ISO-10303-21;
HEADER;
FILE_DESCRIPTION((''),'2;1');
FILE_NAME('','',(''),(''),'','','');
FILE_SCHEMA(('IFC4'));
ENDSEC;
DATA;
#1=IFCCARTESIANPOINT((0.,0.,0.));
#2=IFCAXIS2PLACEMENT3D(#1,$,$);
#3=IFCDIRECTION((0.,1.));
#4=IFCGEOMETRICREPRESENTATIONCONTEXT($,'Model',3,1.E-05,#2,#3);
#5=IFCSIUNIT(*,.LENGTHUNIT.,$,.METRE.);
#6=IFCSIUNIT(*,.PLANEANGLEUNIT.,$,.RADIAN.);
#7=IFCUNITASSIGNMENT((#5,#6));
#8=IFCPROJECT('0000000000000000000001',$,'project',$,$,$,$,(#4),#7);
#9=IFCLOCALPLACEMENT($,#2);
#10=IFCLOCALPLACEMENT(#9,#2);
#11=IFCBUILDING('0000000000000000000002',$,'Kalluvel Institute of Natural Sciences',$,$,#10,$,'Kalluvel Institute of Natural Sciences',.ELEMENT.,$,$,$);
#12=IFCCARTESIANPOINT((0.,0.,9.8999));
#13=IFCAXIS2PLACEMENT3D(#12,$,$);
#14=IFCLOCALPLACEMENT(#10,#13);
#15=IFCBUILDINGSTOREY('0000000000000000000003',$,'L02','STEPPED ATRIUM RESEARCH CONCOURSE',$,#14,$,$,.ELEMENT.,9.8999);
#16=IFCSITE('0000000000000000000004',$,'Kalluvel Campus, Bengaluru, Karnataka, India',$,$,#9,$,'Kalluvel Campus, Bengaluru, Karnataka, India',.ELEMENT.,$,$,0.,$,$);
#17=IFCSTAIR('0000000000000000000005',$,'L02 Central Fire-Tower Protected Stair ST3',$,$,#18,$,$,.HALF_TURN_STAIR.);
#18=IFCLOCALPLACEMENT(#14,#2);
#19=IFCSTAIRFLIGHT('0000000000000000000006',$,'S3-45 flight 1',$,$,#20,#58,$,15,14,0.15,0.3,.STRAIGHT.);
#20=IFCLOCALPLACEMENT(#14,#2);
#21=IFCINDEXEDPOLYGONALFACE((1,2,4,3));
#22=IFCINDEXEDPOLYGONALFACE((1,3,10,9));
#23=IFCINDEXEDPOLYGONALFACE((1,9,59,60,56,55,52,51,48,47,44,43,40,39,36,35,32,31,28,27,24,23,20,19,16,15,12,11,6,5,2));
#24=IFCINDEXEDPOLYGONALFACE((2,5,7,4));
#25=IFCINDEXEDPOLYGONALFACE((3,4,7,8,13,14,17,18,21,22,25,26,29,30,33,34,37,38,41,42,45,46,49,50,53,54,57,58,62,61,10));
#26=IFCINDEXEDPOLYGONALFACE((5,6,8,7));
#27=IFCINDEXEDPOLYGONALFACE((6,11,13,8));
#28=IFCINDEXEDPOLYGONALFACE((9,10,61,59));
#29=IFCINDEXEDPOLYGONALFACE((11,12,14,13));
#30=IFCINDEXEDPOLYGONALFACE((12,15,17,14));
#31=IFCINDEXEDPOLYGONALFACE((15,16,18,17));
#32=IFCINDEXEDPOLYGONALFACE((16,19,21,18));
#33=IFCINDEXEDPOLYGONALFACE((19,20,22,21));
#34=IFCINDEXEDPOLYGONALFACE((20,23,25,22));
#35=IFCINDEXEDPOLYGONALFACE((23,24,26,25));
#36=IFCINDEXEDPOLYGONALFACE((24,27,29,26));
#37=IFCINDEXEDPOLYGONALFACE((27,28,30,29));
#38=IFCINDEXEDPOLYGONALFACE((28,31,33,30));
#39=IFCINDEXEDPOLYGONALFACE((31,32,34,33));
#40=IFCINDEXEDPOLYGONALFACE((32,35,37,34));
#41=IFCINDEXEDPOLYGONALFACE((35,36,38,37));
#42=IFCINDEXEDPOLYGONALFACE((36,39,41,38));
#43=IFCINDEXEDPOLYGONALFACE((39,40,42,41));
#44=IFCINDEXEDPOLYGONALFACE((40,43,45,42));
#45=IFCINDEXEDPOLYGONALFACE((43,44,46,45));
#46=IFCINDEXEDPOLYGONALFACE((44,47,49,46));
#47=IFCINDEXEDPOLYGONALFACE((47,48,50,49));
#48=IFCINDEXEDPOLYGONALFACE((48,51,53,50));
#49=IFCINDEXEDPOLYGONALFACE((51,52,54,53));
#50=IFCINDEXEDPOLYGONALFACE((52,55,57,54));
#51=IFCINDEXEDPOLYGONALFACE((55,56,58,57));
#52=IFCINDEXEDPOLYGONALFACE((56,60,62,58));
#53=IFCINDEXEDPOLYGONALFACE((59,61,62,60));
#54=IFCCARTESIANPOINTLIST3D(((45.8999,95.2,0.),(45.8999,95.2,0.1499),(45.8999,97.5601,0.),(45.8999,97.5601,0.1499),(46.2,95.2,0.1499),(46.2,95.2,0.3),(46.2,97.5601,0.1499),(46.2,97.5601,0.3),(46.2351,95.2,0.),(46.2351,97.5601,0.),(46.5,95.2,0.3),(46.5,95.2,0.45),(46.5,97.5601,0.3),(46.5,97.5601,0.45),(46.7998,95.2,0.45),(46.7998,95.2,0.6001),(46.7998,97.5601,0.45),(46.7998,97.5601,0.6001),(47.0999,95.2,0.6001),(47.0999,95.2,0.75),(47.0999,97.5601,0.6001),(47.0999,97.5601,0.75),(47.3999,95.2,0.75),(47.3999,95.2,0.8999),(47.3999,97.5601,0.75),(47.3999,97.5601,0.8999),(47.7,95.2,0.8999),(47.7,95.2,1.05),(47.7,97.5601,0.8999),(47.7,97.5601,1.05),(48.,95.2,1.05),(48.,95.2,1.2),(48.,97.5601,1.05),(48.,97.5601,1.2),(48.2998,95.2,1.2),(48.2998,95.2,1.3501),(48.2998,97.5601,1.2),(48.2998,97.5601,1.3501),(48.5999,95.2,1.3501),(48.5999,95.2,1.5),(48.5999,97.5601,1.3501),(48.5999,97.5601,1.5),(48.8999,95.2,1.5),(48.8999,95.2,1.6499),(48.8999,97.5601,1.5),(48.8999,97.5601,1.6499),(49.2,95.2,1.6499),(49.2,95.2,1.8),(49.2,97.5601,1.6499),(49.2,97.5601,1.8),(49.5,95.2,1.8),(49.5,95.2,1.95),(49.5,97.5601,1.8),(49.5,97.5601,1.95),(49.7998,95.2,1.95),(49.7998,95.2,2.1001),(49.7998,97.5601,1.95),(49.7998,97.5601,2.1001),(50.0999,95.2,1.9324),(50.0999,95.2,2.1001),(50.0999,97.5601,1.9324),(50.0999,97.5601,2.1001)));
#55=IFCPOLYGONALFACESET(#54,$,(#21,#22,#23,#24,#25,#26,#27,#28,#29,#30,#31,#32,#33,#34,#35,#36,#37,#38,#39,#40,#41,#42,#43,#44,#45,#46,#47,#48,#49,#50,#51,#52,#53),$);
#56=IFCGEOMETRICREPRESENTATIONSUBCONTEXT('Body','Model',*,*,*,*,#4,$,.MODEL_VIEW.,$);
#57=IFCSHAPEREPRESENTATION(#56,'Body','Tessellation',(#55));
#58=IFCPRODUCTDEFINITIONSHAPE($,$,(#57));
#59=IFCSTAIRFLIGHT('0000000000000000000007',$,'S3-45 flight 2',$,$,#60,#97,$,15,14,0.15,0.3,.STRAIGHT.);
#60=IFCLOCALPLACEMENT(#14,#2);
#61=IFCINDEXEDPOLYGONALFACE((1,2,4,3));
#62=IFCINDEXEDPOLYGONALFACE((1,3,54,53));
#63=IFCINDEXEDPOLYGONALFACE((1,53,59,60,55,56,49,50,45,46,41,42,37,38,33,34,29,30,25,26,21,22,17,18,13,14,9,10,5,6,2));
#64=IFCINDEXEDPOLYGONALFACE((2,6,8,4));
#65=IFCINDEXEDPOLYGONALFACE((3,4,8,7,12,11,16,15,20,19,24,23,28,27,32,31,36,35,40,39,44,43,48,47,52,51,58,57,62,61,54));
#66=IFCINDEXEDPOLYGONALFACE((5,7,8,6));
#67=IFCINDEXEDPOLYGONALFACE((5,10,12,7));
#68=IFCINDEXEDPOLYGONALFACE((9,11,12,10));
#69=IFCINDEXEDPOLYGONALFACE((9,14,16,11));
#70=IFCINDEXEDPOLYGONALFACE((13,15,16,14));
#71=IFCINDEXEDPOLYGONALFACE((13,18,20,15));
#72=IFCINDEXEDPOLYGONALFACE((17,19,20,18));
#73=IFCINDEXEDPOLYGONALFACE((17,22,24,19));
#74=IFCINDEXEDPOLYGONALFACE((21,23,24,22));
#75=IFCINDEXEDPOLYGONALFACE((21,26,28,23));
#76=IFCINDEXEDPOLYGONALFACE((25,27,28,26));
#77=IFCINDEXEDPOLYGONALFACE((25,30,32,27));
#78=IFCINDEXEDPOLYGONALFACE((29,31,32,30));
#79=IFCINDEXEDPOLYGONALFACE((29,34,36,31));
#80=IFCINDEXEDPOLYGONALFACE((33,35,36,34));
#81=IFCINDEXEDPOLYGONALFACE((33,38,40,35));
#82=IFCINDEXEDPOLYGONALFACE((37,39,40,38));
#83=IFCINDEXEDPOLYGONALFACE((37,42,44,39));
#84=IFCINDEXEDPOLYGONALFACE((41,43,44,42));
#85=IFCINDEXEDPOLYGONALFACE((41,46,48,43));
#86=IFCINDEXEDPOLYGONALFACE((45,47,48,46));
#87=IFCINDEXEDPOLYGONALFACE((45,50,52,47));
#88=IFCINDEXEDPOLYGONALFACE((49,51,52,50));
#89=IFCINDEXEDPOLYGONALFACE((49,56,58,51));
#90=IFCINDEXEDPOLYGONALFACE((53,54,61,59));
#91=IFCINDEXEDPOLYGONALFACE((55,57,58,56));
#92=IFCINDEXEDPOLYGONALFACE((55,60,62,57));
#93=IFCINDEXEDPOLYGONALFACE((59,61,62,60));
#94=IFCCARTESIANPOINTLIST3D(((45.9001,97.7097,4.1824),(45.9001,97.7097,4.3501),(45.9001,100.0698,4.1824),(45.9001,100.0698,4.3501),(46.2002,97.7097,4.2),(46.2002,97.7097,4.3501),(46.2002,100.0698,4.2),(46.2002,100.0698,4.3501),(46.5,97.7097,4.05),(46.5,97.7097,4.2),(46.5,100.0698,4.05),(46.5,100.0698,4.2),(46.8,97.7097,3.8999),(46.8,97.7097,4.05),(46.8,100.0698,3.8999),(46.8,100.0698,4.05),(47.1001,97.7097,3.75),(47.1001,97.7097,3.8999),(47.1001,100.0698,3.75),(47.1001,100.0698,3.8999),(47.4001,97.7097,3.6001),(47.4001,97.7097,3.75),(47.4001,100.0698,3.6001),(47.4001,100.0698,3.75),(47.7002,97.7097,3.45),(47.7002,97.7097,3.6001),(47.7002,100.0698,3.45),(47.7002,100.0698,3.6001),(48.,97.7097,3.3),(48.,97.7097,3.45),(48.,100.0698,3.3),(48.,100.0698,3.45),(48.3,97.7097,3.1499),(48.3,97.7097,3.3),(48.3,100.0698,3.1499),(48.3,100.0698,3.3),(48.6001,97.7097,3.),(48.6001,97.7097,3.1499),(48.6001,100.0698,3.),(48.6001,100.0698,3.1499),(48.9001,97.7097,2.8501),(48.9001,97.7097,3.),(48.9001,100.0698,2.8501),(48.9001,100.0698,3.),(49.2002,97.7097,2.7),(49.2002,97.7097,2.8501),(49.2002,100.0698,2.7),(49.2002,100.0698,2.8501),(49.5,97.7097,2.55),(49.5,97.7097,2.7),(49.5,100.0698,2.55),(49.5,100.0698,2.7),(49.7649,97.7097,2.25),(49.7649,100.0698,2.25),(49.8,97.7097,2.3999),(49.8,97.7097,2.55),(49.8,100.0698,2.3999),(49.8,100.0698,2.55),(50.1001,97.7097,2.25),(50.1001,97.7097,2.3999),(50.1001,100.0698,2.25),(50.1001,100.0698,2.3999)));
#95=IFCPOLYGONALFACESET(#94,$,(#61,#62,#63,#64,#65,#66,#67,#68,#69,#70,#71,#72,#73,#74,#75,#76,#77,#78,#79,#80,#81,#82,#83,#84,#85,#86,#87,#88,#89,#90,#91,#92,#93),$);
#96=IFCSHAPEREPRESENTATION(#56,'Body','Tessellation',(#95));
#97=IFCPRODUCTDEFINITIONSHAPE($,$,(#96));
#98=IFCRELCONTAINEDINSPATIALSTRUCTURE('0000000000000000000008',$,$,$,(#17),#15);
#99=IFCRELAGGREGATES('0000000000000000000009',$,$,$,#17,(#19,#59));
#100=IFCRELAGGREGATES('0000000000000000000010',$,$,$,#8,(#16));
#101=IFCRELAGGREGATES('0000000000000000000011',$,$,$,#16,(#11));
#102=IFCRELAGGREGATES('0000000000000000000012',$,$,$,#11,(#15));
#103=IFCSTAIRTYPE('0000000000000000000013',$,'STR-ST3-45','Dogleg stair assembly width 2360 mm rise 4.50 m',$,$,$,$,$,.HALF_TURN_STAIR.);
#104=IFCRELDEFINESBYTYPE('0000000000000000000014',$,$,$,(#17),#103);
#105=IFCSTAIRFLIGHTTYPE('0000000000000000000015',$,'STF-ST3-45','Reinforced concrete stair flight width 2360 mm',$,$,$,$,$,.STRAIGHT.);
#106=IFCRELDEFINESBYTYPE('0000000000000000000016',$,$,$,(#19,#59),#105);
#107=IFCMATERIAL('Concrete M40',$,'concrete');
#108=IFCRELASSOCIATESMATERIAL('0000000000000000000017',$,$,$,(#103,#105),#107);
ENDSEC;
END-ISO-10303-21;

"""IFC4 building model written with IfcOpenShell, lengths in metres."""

from ifc_helpers import new_model, si_unit, direction, frame, origin, place, context, subcontext, project, spatial, polyline, outline, extrude, material, type_object, element, aggregate, save


model = new_model("IFC4")

# Units and contexts
model_context = context("Model", 3, precision=1e-05, world=origin(), true_north=direction((0.0, 1.0)))
body_context = subcontext(model_context, "Body", "Model", "MODEL_VIEW")
ifc_project = project(units=[si_unit("LENGTHUNIT", "METRE"), si_unit("PLANEANGLEUNIT", "RADIAN")], contexts=[model_context])

# Site, building, storey
site_placement = place(None, origin())
site = spatial("IfcSite", under=ifc_project, at=site_placement, Name="Kalluvel Campus, Bengaluru, Karnataka, India", LongName="Kalluvel Campus, Bengaluru, Karnataka, India", CompositionType="ELEMENT", RefElevation=0.0)
building_placement = place(site_placement, origin())
building = spatial("IfcBuilding", under=site, at=building_placement, Name="Kalluvel Institute of Natural Sciences", LongName="Kalluvel Institute of Natural Sciences", CompositionType="ELEMENT")
storey_placement = place(building_placement, frame((0.0, 0.0, 9.8999)))
storey = spatial("IfcBuildingStorey", under=building, at=storey_placement, Name="L02", Description="STEPPED ATRIUM RESEARCH CONCOURSE", CompositionType="ELEMENT", Elevation=9.8999)

# Shared definitions
ifc_material_1 = material(Name="Concrete M40", Category="concrete")

# Stair, stair flights
stair_type = type_object("IfcStairType", Name="STR-ST3-45", Description="Dogleg stair assembly width 2360 mm rise 4.50 m", PredefinedType="HALF_TURN_STAIR", material=ifc_material_1)
stair_placement = place(storey_placement, origin())
stair = element("IfcStair", 1, at=stair_placement, inside=storey, type_object=stair_type, Name="L02 Central Fire-Tower Protected Stair ST3", PredefinedType="HALF_TURN_STAIR")
stair_flight_type = type_object("IfcStairFlightType", Name="STF-ST3-45", Description="Reinforced concrete stair flight width 2360 mm", PredefinedType="STRAIGHT", material=ifc_material_1)
stair_flight_1_placement = place(storey_placement, frame((45.8999, 96.3799, 0.0), z_axis=(0.0, 0.0, 1.0), x_axis=(1.0, 0.0, 0.0)))
stair_flight_1 = element("IfcStairFlight", 2, at=stair_flight_1_placement, type_object=stair_flight_type, Name="S3-45 flight 1", NumberOfRisers=15, NumberOfTreads=14, PredefinedType="STRAIGHT", RiserHeight=0.15, TreadLength=0.3, context=body_context, shape_type="SweptSolid", body=[
    extrude(outline(polyline([(0.0, 0.0), (0.0, 0.1499), (0.3, 0.1499), (0.3, 0.3), (0.6001, 0.3), (0.6001, 0.45), (0.8999, 0.45), (0.8999, 0.6001), (1.2, 0.6001), (1.2, 0.75), (1.5, 0.75), (1.5, 0.8999), (1.8, 0.8999), (1.8, 1.05), (2.1001, 1.05), (2.1001, 1.2), (2.3999, 1.2), (2.3999, 1.3501), (2.7, 1.3501), (2.7, 1.5), (3.0, 1.5), (3.0, 1.6499), (3.3, 1.6499), (3.3, 1.8), (3.6001, 1.8), (3.6001, 1.95), (3.8999, 1.95), (3.8999, 2.1001), (4.2, 2.1001), (4.2, 2.25), (4.2, 1.9324), (0.3352, 0.0), (0.0, 0.0)])), frame((0.0, 1.1802, 0.0), z_axis=(0.0, -1.0, 0.0), x_axis=(1.0, 0.0, 0.0)), (0.0, 0.0, 1.0), 2.3601),
])
stair_flight_2_placement = place(storey_placement, frame((50.1001, 98.8899, 2.25), z_axis=(0.0, 0.0, 1.0), x_axis=(-1.0, 0.0, 0.0)))
stair_flight_2 = element("IfcStairFlight", 3, at=stair_flight_2_placement, type_object=stair_flight_type, Name="S3-45 flight 2", NumberOfRisers=15, NumberOfTreads=14, PredefinedType="STRAIGHT", RiserHeight=0.15, TreadLength=0.3, context=body_context, shape_type="SweptSolid", body=[
    extrude(outline(polyline([(0.0, 0.0), (0.0, 0.1499), (0.3, 0.1499), (0.3, 0.3), (0.6001, 0.3), (0.6001, 0.45), (0.8999, 0.45), (0.8999, 0.6001), (1.2, 0.6001), (1.2, 0.75), (1.5, 0.75), (1.5, 0.8999), (1.8, 0.8999), (1.8, 1.05), (2.1001, 1.05), (2.1001, 1.2), (2.3999, 1.2), (2.3999, 1.3501), (2.7, 1.3501), (2.7, 1.5), (3.0, 1.5), (3.0, 1.6499), (3.3, 1.6499), (3.3, 1.8), (3.6001, 1.8), (3.6001, 1.95), (3.8999, 1.95), (3.8999, 2.1001), (4.2, 2.1001), (4.2, 2.25), (4.2, 1.9324), (0.3352, 0.0), (0.0, 0.0)])), frame((0.0, 1.1802, 0.0), z_axis=(0.0, -1.0, 0.0), x_axis=(1.0, 0.0, 0.0)), (0.0, 0.0, 1.0), 2.3601),
])
aggregate(stair, [stair_flight_1, stair_flight_2])

save(model, "model.ifc")
